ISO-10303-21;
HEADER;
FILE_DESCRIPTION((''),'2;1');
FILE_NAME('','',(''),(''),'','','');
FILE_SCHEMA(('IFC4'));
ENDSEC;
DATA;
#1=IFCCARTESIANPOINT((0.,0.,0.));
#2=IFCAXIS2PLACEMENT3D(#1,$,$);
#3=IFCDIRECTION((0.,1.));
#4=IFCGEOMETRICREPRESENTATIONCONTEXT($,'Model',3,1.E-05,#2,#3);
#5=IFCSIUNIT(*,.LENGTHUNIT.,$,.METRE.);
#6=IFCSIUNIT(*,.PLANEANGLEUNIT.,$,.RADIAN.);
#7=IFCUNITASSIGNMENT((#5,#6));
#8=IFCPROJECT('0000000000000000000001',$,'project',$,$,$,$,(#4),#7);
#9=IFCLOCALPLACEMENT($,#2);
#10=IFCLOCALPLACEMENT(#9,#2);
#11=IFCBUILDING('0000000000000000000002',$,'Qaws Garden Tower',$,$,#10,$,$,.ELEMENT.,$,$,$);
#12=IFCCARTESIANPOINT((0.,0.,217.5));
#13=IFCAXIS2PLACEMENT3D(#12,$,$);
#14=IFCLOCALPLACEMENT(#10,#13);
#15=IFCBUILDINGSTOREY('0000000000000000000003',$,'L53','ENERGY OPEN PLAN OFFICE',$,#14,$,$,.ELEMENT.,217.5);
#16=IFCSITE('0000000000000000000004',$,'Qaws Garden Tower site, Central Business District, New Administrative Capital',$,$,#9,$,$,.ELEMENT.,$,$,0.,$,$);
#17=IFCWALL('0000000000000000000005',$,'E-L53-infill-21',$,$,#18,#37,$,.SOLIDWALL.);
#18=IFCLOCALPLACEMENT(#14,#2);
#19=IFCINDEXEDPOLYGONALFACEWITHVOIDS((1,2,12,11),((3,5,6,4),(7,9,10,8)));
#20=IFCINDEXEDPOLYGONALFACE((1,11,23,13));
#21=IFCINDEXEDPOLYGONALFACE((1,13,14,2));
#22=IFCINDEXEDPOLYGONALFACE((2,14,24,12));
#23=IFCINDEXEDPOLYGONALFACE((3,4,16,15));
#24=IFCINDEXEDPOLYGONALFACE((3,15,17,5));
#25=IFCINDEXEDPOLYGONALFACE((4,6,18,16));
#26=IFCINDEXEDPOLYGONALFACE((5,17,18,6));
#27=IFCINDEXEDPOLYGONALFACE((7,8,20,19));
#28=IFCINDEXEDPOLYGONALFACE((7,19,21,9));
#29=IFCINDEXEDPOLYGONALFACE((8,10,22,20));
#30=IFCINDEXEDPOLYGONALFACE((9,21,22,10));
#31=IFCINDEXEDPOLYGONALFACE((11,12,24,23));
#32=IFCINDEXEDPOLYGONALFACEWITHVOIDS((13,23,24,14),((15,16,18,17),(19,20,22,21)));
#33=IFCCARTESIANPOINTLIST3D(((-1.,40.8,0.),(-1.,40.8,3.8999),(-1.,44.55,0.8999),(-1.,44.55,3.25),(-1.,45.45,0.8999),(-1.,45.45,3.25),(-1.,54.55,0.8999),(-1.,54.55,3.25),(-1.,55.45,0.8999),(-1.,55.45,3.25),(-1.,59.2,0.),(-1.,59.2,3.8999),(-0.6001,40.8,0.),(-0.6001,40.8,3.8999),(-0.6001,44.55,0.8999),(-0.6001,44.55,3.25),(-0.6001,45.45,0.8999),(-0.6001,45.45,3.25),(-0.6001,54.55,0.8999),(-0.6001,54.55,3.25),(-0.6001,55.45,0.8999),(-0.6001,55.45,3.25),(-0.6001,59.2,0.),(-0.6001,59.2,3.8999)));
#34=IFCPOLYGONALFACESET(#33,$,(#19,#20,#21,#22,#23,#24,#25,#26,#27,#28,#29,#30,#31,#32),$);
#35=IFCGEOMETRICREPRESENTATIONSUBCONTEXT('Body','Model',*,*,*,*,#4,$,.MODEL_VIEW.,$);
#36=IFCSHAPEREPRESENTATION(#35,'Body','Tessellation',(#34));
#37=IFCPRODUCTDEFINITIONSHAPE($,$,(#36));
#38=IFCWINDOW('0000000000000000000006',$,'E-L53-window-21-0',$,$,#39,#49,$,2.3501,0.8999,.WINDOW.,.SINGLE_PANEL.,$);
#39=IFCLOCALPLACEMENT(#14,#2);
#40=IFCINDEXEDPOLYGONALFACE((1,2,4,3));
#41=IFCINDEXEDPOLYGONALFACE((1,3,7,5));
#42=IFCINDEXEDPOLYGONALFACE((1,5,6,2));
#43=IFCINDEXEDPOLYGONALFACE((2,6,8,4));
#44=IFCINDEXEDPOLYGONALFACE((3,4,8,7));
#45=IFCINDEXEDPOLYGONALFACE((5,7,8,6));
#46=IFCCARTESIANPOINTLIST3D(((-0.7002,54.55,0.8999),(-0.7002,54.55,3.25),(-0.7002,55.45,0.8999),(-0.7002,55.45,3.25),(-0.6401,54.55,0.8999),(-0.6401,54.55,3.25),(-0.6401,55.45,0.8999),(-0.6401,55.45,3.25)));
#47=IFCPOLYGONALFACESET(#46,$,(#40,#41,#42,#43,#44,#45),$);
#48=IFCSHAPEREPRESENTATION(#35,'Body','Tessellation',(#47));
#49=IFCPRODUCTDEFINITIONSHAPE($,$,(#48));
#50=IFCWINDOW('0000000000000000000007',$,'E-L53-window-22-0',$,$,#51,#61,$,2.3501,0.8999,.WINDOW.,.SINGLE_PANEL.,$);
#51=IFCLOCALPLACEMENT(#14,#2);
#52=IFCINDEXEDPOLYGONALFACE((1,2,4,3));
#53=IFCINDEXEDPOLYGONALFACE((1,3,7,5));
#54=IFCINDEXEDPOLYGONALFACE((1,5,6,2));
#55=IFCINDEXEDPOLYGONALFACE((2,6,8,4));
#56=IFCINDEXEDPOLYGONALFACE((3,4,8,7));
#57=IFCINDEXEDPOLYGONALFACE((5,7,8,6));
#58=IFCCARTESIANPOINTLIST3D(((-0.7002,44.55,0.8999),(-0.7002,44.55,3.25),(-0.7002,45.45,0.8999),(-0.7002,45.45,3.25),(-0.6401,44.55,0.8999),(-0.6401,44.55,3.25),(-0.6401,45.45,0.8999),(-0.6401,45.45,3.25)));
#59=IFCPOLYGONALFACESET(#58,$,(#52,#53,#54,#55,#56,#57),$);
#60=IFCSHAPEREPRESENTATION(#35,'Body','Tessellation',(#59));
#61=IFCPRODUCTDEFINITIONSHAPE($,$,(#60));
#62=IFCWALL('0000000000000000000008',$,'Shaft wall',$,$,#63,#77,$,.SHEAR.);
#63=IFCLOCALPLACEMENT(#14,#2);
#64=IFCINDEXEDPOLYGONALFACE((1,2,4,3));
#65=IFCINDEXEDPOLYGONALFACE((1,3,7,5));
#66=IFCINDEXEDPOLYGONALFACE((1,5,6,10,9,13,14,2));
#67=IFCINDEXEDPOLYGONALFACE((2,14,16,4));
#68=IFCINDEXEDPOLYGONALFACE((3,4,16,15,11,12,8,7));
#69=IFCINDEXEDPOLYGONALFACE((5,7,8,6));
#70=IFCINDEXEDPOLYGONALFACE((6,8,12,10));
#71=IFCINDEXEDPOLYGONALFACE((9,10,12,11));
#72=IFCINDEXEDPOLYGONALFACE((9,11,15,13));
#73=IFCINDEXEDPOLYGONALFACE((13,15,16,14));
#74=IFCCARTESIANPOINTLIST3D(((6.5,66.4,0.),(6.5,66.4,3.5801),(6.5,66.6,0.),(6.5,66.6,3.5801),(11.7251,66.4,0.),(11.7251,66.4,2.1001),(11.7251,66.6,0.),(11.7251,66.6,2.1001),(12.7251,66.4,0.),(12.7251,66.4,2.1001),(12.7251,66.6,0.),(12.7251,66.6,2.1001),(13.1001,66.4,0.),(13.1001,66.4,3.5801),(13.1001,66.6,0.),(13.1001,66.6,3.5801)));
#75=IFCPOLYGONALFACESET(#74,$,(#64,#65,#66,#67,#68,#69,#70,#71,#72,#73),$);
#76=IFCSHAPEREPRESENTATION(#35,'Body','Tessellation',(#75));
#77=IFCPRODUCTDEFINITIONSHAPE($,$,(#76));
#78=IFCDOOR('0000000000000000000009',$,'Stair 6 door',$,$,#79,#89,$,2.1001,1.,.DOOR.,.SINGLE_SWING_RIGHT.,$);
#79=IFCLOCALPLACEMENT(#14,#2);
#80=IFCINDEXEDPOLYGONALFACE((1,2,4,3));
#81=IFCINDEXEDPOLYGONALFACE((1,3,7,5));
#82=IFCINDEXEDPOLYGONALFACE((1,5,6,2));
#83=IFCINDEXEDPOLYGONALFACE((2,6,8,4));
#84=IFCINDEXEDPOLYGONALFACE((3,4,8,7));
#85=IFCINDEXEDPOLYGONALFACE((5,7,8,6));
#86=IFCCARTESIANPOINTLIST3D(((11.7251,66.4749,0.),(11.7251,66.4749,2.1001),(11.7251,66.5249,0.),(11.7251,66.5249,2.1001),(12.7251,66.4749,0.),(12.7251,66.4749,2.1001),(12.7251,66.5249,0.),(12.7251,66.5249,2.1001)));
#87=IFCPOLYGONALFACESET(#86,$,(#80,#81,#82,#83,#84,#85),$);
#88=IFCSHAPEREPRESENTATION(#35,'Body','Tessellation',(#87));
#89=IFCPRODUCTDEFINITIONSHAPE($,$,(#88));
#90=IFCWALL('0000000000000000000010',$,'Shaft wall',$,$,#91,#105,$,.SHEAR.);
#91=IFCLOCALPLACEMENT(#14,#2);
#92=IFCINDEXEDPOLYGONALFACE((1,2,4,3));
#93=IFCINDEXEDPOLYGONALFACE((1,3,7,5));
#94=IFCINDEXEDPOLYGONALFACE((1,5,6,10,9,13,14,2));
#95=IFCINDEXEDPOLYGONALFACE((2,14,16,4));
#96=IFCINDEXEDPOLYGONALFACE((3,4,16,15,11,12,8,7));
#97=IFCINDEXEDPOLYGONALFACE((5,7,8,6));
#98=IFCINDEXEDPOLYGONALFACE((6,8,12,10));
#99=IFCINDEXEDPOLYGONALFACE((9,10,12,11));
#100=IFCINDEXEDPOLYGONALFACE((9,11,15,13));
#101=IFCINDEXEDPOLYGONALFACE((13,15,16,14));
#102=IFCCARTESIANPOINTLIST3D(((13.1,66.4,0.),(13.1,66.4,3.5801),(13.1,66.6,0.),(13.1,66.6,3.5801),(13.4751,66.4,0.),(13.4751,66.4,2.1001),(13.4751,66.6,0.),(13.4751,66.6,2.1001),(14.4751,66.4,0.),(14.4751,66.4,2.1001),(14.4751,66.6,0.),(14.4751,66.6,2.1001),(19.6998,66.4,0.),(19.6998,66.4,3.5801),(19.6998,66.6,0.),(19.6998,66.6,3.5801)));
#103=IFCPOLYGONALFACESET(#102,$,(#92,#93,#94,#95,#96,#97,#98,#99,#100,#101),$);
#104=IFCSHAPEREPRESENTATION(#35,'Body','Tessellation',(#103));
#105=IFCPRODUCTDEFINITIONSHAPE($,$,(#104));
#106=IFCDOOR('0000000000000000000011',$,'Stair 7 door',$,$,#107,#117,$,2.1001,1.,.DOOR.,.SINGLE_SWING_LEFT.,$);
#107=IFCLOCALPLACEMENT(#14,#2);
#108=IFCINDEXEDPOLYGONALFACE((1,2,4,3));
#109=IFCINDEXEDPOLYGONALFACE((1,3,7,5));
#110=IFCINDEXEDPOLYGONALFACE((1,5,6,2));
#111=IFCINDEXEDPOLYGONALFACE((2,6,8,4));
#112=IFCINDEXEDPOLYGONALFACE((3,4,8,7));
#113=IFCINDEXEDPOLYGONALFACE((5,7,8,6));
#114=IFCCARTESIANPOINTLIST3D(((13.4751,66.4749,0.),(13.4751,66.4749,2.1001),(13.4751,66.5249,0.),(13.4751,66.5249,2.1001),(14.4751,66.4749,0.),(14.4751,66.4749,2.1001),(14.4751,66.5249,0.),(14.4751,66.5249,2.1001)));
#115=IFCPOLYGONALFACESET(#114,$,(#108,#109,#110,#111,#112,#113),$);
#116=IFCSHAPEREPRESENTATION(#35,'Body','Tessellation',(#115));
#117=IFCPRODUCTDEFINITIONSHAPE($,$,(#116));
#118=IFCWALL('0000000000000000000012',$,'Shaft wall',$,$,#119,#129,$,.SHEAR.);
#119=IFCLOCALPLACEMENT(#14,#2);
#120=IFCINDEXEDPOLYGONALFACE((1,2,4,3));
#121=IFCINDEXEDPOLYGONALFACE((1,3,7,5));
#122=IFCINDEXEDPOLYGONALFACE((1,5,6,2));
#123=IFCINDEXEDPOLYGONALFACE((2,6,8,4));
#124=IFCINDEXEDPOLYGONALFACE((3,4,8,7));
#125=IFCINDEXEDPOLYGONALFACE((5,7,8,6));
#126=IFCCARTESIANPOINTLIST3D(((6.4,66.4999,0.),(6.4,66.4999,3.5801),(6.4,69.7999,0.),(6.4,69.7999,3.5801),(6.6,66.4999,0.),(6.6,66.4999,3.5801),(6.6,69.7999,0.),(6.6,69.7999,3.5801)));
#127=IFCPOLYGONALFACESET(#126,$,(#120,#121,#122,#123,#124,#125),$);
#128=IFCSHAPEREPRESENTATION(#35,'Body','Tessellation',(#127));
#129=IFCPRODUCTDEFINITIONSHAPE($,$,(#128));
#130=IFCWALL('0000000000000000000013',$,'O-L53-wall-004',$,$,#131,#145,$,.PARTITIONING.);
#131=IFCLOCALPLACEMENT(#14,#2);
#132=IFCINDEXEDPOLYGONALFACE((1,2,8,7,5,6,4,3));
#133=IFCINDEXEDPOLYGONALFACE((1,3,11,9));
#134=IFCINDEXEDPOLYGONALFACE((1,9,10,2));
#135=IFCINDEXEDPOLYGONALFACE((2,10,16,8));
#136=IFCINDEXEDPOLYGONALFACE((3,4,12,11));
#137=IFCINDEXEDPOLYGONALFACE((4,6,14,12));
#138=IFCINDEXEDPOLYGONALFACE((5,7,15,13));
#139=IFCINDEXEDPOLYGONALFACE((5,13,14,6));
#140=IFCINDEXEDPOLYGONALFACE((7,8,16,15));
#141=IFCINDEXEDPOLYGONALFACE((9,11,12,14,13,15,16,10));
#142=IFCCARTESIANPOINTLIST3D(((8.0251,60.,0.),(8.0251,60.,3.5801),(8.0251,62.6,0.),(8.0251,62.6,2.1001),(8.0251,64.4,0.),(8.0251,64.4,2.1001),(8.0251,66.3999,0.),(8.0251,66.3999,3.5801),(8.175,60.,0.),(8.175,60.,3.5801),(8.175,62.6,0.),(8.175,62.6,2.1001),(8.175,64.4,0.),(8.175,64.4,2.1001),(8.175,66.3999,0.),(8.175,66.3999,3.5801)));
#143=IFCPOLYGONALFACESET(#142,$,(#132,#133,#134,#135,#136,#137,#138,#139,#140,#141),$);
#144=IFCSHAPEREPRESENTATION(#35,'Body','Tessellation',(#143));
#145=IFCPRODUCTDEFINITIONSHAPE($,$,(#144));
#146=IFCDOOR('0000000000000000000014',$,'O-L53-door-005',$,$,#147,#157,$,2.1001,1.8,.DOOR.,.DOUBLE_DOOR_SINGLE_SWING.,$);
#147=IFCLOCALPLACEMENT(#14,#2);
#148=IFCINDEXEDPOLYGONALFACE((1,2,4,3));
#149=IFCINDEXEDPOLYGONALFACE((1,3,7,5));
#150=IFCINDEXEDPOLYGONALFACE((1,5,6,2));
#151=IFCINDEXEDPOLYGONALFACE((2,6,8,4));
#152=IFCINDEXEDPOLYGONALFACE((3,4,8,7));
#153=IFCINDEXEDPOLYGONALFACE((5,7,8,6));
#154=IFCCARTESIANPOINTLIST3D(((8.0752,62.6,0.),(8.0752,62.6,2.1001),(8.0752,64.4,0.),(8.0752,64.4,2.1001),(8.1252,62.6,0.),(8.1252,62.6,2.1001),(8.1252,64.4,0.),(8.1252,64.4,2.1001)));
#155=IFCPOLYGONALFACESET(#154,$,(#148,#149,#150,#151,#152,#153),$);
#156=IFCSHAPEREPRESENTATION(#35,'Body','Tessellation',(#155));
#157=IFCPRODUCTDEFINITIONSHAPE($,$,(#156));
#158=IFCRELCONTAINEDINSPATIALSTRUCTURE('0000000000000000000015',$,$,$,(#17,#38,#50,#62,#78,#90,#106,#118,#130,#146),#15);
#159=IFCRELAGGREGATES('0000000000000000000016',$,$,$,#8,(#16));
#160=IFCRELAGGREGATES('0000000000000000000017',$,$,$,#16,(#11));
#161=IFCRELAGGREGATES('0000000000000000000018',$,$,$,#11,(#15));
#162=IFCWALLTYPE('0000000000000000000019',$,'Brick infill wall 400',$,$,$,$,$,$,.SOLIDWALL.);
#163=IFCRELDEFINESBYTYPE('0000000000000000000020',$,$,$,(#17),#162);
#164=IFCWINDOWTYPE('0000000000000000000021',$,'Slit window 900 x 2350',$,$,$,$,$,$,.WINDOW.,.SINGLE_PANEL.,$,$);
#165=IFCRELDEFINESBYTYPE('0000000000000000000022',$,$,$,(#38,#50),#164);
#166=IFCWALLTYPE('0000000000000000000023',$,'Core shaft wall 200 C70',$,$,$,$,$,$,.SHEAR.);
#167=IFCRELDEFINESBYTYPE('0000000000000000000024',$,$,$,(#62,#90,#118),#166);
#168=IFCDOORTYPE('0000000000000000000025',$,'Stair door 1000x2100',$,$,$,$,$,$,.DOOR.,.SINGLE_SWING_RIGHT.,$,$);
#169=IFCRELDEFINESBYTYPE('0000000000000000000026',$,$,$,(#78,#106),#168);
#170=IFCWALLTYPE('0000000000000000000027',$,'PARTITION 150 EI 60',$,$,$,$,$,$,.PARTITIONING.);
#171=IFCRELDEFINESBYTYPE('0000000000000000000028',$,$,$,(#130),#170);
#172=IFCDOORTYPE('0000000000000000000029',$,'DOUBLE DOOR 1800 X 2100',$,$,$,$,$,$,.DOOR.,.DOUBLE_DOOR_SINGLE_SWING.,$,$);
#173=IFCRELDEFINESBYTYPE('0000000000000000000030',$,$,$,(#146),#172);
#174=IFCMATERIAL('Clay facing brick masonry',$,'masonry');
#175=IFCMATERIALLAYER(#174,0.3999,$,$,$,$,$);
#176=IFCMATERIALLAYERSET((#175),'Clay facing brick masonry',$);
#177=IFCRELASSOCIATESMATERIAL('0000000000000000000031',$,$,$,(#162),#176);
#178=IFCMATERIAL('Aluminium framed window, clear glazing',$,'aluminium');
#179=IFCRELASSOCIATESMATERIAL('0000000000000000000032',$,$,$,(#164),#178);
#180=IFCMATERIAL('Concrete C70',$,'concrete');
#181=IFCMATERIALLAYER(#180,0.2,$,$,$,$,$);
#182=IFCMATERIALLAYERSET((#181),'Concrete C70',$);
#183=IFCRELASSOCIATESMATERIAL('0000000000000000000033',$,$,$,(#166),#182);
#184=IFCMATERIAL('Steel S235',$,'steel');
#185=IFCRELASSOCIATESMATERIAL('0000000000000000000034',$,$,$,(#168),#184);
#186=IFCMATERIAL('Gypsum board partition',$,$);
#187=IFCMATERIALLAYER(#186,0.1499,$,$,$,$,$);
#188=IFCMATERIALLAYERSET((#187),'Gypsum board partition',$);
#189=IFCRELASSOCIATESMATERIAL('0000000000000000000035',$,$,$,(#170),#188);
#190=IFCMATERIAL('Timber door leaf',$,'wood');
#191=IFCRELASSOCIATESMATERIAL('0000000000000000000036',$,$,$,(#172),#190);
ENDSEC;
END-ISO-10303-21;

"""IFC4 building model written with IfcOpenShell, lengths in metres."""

from ifc_helpers import new_model, si_unit, direction, frame, frame_2d, origin, place, context, subcontext, project, spatial, rectangle, extrude, material, layer, layer_set, type_object, element, fill, save


model = new_model("IFC4")

# Units and contexts
model_context = context("Model", 3, precision=1e-05, world=origin(), true_north=direction((0.0, 1.0)))
body_context = subcontext(model_context, "Body", "Model", "MODEL_VIEW")
ifc_project = project(units=[si_unit("LENGTHUNIT", "METRE"), si_unit("PLANEANGLEUNIT", "RADIAN")], contexts=[model_context])

# Site, building, storey
site_placement = place(None, origin())
site = spatial("IfcSite", under=ifc_project, at=site_placement, Name="Qaws Garden Tower site, Central Business District, New Administrative Capital", CompositionType="ELEMENT", RefElevation=0.0)
building_placement = place(site_placement, origin())
building = spatial("IfcBuilding", under=site, at=building_placement, Name="Qaws Garden Tower", CompositionType="ELEMENT")
storey_placement = place(building_placement, frame((0.0, 0.0, 217.5)))
storey = spatial("IfcBuildingStorey", under=building, at=storey_placement, Name="L53", Description="ENERGY OPEN PLAN OFFICE", CompositionType="ELEMENT", Elevation=217.5)

# Shared definitions
ifc_material_1 = material(Name="Clay facing brick masonry", Category="masonry")
ifc_layer_1 = layer(ifc_material_1, 0.3999)
ifc_layer_set_1 = layer_set([ifc_layer_1], Name="Clay facing brick masonry")
wall_type_1 = type_object("IfcWallType", Name="Brick infill wall 400", PredefinedType="SOLIDWALL", material=ifc_layer_set_1)

# Wall, openings, windows
wall_1_placement = place(storey_placement, frame((-0.8, 59.2, 0.0), z_axis=(0.0, 0.0, 1.0), x_axis=(0.0, -1.0, 0.0)))
wall_1 = element("IfcWall", 1, at=wall_1_placement, inside=storey, type_object=wall_type_1, Name="E-L53-infill-21", PredefinedType="SOLIDWALL", context=body_context, shape_type="SweptSolid", body=[
    extrude(rectangle(XDim=18.3999, YDim=0.3999, at=frame_2d((9.2, 0.0))), origin(), (0.0, 0.0, 1.0), 3.8999),
])
opening_1_placement = place(wall_1_placement, frame((3.75, 0.0, 0.8999)))
opening_1 = element("IfcOpeningElement", 2, at=opening_1_placement, cuts=wall_1, PredefinedType="OPENING", context=body_context, shape_type="SweptSolid", body=[
    extrude(rectangle(XDim=0.8999, YDim=2.3501, at=frame_2d((0.45, 1.175))), frame((0.0, 0.21, 0.0), z_axis=(0.0, -1.0, 0.0), x_axis=(1.0, 0.0, 0.0)), (0.0, 0.0, 1.0), 0.4199),
])
opening_2_placement = place(wall_1_placement, frame((13.75, 0.0, 0.8999)))
opening_2 = element("IfcOpeningElement", 3, at=opening_2_placement, cuts=wall_1, PredefinedType="OPENING", context=body_context, shape_type="SweptSolid", body=[
    extrude(rectangle(XDim=0.8999, YDim=2.3501, at=frame_2d((0.45, 1.175))), frame((0.0, 0.21, 0.0), z_axis=(0.0, -1.0, 0.0), x_axis=(1.0, 0.0, 0.0)), (0.0, 0.0, 1.0), 0.4199),
])
ifc_material_2 = material(Name="Aluminium framed window, clear glazing", Category="aluminium")
window_type_1 = type_object("IfcWindowType", Name="Slit window 900 x 2350", PartitioningType="SINGLE_PANEL", PredefinedType="WINDOW", material=ifc_material_2)
window_1_placement = place(opening_1_placement, origin())
window_1 = element("IfcWindow", 4, at=window_1_placement, inside=storey, type_object=window_type_1, Name="E-L53-window-21-0", OverallHeight=2.3501, OverallWidth=0.8999, PartitioningType="SINGLE_PANEL", PredefinedType="WINDOW", context=body_context, shape_type="SweptSolid", body=[
    extrude(rectangle(XDim=0.8999, YDim=2.3501, at=frame_2d((0.45, 1.175))), frame((0.0, 0.1599, 0.0), z_axis=(0.0, -1.0, 0.0), x_axis=(1.0, 0.0, 0.0)), (0.0, 0.0, 1.0), 0.0601),
])
fill(opening_1, window_1)
window_2_placement = place(opening_2_placement, origin())
window_2 = element("IfcWindow", 5, at=window_2_placement, inside=storey, type_object=window_type_1, Name="E-L53-window-22-0", OverallHeight=2.3501, OverallWidth=0.8999, PartitioningType="SINGLE_PANEL", PredefinedType="WINDOW", context=body_context, shape_type="SweptSolid", body=[
    extrude(rectangle(XDim=0.8999, YDim=2.3501, at=frame_2d((0.45, 1.175))), frame((0.0, 0.1599, 0.0), z_axis=(0.0, -1.0, 0.0), x_axis=(1.0, 0.0, 0.0)), (0.0, 0.0, 1.0), 0.0601),
])
fill(opening_2, window_2)

# Walls, openings, doors
ifc_material_3 = material(Name="Concrete C70", Category="concrete")
ifc_layer_2 = layer(ifc_material_3, 0.2)
ifc_layer_set_2 = layer_set([ifc_layer_2], Name="Concrete C70")
wall_type_2 = type_object("IfcWallType", Name="Core shaft wall 200 C70", PredefinedType="SHEAR", material=ifc_layer_set_2)
wall_2_placement = place(storey_placement, frame((6.5, 66.5, 0.0), z_axis=(0.0, 0.0, 1.0), x_axis=(1.0, 0.0, 0.0)))
wall_2 = element("IfcWall", 6, at=wall_2_placement, inside=storey, type_object=wall_type_2, Name="Shaft wall", PredefinedType="SHEAR", context=body_context, shape_type="SweptSolid", body=[
    extrude(rectangle(XDim=6.6001, YDim=0.2, at=frame_2d((3.3, 0.0))), origin(), (0.0, 0.0, 1.0), 3.5801),
])
opening_3_placement = place(wall_2_placement, frame((5.2251, 0.0, 0.0)))
opening_3 = element("IfcOpeningElement", 7, at=opening_3_placement, cuts=wall_2, PredefinedType="OPENING", context=body_context, shape_type="SweptSolid", body=[
    extrude(rectangle(XDim=1.0, YDim=2.1001, at=frame_2d((0.5, 1.05))), frame((0.0, 0.1099, 0.0), z_axis=(0.0, -1.0, 0.0), x_axis=(1.0, 0.0, 0.0)), (0.0, 0.0, 1.0), 0.22),
])
ifc_material_4 = material(Name="Steel S235", Category="steel")
door_type_1 = type_object("IfcDoorType", Name="Stair door 1000x2100", OperationType="SINGLE_SWING_RIGHT", PredefinedType="DOOR", material=ifc_material_4)
door_1_placement = place(opening_3_placement, origin())
door_1 = element("IfcDoor", 8, at=door_1_placement, inside=storey, type_object=door_type_1, Name="Stair 6 door", OperationType="SINGLE_SWING_RIGHT", OverallHeight=2.1001, OverallWidth=1.0, PredefinedType="DOOR", context=body_context, shape_type="SweptSolid", body=[
    extrude(rectangle(XDim=1.0, YDim=2.1001, at=frame_2d((0.5, 1.05))), frame((0.0, 0.0249, 0.0), z_axis=(0.0, -1.0, 0.0), x_axis=(1.0, 0.0, 0.0)), (0.0, 0.0, 1.0), 0.05),
])
fill(opening_3, door_1)
wall_3_placement = place(storey_placement, frame((13.1001, 66.5, 0.0), z_axis=(0.0, 0.0, 1.0), x_axis=(1.0, 0.0, 0.0)))
wall_3 = element("IfcWall", 9, at=wall_3_placement, inside=storey, type_object=wall_type_2, Name="Shaft wall", PredefinedType="SHEAR", context=body_context, shape_type="SweptSolid", body=[
    extrude(rectangle(XDim=6.5999, YDim=0.2, at=frame_2d((3.2998, 0.0))), origin(), (0.0, 0.0, 1.0), 3.5801),
])
opening_4_placement = place(wall_3_placement, frame((0.375, 0.0, 0.0)))
opening_4 = element("IfcOpeningElement", 10, at=opening_4_placement, cuts=wall_3, PredefinedType="OPENING", context=body_context, shape_type="SweptSolid", body=[
    extrude(rectangle(XDim=1.0, YDim=2.1001, at=frame_2d((0.5, 1.05))), frame((0.0, 0.1099, 0.0), z_axis=(0.0, -1.0, 0.0), x_axis=(1.0, 0.0, 0.0)), (0.0, 0.0, 1.0), 0.22),
])
door_2_placement = place(opening_4_placement, origin())
door_2 = element("IfcDoor", 11, at=door_2_placement, inside=storey, type_object=door_type_1, Name="Stair 7 door", OperationType="SINGLE_SWING_LEFT", OverallHeight=2.1001, OverallWidth=1.0, PredefinedType="DOOR", context=body_context, shape_type="SweptSolid", body=[
    extrude(rectangle(XDim=1.0, YDim=2.1001, at=frame_2d((0.5, 1.05))), frame((0.0, 0.0249, 0.0), z_axis=(0.0, -1.0, 0.0), x_axis=(1.0, 0.0, 0.0)), (0.0, 0.0, 1.0), 0.05),
])
fill(opening_4, door_2)

# Wall
wall_4_placement = place(storey_placement, frame((6.5, 66.5, 0.0), z_axis=(0.0, 0.0, 1.0), x_axis=(0.0, 1.0, 0.0)))
element("IfcWall", 12, at=wall_4_placement, inside=storey, type_object=wall_type_2, Name="Shaft wall", PredefinedType="SHEAR", context=body_context, shape_type="SweptSolid", body=[
    extrude(rectangle(XDim=3.3, YDim=0.2, at=frame_2d((1.6499, 0.0))), origin(), (0.0, 0.0, 1.0), 3.5801),
])

# Wall, opening, door
ifc_material_5 = material(Name="Gypsum board partition")
ifc_layer_3 = layer(ifc_material_5, 0.1499)
ifc_layer_set_3 = layer_set([ifc_layer_3], Name="Gypsum board partition")
wall_type_3 = type_object("IfcWallType", Name="PARTITION 150 EI 60", PredefinedType="PARTITIONING", material=ifc_layer_set_3)
wall_5_placement = place(storey_placement, frame((8.1001, 60.0, 0.0), z_axis=(0.0, 0.0, 1.0), x_axis=(0.0, 1.0, 0.0)))
wall_5 = element("IfcWall", 13, at=wall_5_placement, inside=storey, type_object=wall_type_3, Name="O-L53-wall-004", PredefinedType="PARTITIONING", context=body_context, shape_type="SweptSolid", body=[
    extrude(rectangle(XDim=6.3999, YDim=0.1499, at=frame_2d((3.2, 0.0))), origin(), (0.0, 0.0, 1.0), 3.5801),
])
opening_5_placement = place(wall_5_placement, frame((2.6001, 0.0, 0.0)))
opening_5 = element("IfcOpeningElement", 14, at=opening_5_placement, cuts=wall_5, PredefinedType="OPENING", context=body_context, shape_type="SweptSolid", body=[
    extrude(rectangle(XDim=1.8, YDim=2.1001, at=frame_2d((0.8999, 1.05))), frame((0.0, 0.085, 0.0), z_axis=(0.0, -1.0, 0.0), x_axis=(1.0, 0.0, 0.0)), (0.0, 0.0, 1.0), 0.1699),
])
ifc_material_6 = material(Name="Timber door leaf", Category="wood")
door_type_2 = type_object("IfcDoorType", Name="DOUBLE DOOR 1800 X 2100", OperationType="DOUBLE_DOOR_SINGLE_SWING", PredefinedType="DOOR", material=ifc_material_6)
door_3_placement = place(opening_5_placement, origin())
door_3 = element("IfcDoor", 15, at=door_3_placement, inside=storey, type_object=door_type_2, Name="O-L53-door-005", OperationType="DOUBLE_DOOR_SINGLE_SWING", OverallHeight=2.1001, OverallWidth=1.8, PredefinedType="DOOR", context=body_context, shape_type="SweptSolid", body=[
    extrude(rectangle(XDim=1.8, YDim=2.1001, at=frame_2d((0.8999, 1.05))), frame((0.0, 0.0249, 0.0), z_axis=(0.0, -1.0, 0.0), x_axis=(1.0, 0.0, 0.0)), (0.0, 0.0, 1.0), 0.05),
])
fill(opening_5, door_3)

save(model, "model.ifc")
